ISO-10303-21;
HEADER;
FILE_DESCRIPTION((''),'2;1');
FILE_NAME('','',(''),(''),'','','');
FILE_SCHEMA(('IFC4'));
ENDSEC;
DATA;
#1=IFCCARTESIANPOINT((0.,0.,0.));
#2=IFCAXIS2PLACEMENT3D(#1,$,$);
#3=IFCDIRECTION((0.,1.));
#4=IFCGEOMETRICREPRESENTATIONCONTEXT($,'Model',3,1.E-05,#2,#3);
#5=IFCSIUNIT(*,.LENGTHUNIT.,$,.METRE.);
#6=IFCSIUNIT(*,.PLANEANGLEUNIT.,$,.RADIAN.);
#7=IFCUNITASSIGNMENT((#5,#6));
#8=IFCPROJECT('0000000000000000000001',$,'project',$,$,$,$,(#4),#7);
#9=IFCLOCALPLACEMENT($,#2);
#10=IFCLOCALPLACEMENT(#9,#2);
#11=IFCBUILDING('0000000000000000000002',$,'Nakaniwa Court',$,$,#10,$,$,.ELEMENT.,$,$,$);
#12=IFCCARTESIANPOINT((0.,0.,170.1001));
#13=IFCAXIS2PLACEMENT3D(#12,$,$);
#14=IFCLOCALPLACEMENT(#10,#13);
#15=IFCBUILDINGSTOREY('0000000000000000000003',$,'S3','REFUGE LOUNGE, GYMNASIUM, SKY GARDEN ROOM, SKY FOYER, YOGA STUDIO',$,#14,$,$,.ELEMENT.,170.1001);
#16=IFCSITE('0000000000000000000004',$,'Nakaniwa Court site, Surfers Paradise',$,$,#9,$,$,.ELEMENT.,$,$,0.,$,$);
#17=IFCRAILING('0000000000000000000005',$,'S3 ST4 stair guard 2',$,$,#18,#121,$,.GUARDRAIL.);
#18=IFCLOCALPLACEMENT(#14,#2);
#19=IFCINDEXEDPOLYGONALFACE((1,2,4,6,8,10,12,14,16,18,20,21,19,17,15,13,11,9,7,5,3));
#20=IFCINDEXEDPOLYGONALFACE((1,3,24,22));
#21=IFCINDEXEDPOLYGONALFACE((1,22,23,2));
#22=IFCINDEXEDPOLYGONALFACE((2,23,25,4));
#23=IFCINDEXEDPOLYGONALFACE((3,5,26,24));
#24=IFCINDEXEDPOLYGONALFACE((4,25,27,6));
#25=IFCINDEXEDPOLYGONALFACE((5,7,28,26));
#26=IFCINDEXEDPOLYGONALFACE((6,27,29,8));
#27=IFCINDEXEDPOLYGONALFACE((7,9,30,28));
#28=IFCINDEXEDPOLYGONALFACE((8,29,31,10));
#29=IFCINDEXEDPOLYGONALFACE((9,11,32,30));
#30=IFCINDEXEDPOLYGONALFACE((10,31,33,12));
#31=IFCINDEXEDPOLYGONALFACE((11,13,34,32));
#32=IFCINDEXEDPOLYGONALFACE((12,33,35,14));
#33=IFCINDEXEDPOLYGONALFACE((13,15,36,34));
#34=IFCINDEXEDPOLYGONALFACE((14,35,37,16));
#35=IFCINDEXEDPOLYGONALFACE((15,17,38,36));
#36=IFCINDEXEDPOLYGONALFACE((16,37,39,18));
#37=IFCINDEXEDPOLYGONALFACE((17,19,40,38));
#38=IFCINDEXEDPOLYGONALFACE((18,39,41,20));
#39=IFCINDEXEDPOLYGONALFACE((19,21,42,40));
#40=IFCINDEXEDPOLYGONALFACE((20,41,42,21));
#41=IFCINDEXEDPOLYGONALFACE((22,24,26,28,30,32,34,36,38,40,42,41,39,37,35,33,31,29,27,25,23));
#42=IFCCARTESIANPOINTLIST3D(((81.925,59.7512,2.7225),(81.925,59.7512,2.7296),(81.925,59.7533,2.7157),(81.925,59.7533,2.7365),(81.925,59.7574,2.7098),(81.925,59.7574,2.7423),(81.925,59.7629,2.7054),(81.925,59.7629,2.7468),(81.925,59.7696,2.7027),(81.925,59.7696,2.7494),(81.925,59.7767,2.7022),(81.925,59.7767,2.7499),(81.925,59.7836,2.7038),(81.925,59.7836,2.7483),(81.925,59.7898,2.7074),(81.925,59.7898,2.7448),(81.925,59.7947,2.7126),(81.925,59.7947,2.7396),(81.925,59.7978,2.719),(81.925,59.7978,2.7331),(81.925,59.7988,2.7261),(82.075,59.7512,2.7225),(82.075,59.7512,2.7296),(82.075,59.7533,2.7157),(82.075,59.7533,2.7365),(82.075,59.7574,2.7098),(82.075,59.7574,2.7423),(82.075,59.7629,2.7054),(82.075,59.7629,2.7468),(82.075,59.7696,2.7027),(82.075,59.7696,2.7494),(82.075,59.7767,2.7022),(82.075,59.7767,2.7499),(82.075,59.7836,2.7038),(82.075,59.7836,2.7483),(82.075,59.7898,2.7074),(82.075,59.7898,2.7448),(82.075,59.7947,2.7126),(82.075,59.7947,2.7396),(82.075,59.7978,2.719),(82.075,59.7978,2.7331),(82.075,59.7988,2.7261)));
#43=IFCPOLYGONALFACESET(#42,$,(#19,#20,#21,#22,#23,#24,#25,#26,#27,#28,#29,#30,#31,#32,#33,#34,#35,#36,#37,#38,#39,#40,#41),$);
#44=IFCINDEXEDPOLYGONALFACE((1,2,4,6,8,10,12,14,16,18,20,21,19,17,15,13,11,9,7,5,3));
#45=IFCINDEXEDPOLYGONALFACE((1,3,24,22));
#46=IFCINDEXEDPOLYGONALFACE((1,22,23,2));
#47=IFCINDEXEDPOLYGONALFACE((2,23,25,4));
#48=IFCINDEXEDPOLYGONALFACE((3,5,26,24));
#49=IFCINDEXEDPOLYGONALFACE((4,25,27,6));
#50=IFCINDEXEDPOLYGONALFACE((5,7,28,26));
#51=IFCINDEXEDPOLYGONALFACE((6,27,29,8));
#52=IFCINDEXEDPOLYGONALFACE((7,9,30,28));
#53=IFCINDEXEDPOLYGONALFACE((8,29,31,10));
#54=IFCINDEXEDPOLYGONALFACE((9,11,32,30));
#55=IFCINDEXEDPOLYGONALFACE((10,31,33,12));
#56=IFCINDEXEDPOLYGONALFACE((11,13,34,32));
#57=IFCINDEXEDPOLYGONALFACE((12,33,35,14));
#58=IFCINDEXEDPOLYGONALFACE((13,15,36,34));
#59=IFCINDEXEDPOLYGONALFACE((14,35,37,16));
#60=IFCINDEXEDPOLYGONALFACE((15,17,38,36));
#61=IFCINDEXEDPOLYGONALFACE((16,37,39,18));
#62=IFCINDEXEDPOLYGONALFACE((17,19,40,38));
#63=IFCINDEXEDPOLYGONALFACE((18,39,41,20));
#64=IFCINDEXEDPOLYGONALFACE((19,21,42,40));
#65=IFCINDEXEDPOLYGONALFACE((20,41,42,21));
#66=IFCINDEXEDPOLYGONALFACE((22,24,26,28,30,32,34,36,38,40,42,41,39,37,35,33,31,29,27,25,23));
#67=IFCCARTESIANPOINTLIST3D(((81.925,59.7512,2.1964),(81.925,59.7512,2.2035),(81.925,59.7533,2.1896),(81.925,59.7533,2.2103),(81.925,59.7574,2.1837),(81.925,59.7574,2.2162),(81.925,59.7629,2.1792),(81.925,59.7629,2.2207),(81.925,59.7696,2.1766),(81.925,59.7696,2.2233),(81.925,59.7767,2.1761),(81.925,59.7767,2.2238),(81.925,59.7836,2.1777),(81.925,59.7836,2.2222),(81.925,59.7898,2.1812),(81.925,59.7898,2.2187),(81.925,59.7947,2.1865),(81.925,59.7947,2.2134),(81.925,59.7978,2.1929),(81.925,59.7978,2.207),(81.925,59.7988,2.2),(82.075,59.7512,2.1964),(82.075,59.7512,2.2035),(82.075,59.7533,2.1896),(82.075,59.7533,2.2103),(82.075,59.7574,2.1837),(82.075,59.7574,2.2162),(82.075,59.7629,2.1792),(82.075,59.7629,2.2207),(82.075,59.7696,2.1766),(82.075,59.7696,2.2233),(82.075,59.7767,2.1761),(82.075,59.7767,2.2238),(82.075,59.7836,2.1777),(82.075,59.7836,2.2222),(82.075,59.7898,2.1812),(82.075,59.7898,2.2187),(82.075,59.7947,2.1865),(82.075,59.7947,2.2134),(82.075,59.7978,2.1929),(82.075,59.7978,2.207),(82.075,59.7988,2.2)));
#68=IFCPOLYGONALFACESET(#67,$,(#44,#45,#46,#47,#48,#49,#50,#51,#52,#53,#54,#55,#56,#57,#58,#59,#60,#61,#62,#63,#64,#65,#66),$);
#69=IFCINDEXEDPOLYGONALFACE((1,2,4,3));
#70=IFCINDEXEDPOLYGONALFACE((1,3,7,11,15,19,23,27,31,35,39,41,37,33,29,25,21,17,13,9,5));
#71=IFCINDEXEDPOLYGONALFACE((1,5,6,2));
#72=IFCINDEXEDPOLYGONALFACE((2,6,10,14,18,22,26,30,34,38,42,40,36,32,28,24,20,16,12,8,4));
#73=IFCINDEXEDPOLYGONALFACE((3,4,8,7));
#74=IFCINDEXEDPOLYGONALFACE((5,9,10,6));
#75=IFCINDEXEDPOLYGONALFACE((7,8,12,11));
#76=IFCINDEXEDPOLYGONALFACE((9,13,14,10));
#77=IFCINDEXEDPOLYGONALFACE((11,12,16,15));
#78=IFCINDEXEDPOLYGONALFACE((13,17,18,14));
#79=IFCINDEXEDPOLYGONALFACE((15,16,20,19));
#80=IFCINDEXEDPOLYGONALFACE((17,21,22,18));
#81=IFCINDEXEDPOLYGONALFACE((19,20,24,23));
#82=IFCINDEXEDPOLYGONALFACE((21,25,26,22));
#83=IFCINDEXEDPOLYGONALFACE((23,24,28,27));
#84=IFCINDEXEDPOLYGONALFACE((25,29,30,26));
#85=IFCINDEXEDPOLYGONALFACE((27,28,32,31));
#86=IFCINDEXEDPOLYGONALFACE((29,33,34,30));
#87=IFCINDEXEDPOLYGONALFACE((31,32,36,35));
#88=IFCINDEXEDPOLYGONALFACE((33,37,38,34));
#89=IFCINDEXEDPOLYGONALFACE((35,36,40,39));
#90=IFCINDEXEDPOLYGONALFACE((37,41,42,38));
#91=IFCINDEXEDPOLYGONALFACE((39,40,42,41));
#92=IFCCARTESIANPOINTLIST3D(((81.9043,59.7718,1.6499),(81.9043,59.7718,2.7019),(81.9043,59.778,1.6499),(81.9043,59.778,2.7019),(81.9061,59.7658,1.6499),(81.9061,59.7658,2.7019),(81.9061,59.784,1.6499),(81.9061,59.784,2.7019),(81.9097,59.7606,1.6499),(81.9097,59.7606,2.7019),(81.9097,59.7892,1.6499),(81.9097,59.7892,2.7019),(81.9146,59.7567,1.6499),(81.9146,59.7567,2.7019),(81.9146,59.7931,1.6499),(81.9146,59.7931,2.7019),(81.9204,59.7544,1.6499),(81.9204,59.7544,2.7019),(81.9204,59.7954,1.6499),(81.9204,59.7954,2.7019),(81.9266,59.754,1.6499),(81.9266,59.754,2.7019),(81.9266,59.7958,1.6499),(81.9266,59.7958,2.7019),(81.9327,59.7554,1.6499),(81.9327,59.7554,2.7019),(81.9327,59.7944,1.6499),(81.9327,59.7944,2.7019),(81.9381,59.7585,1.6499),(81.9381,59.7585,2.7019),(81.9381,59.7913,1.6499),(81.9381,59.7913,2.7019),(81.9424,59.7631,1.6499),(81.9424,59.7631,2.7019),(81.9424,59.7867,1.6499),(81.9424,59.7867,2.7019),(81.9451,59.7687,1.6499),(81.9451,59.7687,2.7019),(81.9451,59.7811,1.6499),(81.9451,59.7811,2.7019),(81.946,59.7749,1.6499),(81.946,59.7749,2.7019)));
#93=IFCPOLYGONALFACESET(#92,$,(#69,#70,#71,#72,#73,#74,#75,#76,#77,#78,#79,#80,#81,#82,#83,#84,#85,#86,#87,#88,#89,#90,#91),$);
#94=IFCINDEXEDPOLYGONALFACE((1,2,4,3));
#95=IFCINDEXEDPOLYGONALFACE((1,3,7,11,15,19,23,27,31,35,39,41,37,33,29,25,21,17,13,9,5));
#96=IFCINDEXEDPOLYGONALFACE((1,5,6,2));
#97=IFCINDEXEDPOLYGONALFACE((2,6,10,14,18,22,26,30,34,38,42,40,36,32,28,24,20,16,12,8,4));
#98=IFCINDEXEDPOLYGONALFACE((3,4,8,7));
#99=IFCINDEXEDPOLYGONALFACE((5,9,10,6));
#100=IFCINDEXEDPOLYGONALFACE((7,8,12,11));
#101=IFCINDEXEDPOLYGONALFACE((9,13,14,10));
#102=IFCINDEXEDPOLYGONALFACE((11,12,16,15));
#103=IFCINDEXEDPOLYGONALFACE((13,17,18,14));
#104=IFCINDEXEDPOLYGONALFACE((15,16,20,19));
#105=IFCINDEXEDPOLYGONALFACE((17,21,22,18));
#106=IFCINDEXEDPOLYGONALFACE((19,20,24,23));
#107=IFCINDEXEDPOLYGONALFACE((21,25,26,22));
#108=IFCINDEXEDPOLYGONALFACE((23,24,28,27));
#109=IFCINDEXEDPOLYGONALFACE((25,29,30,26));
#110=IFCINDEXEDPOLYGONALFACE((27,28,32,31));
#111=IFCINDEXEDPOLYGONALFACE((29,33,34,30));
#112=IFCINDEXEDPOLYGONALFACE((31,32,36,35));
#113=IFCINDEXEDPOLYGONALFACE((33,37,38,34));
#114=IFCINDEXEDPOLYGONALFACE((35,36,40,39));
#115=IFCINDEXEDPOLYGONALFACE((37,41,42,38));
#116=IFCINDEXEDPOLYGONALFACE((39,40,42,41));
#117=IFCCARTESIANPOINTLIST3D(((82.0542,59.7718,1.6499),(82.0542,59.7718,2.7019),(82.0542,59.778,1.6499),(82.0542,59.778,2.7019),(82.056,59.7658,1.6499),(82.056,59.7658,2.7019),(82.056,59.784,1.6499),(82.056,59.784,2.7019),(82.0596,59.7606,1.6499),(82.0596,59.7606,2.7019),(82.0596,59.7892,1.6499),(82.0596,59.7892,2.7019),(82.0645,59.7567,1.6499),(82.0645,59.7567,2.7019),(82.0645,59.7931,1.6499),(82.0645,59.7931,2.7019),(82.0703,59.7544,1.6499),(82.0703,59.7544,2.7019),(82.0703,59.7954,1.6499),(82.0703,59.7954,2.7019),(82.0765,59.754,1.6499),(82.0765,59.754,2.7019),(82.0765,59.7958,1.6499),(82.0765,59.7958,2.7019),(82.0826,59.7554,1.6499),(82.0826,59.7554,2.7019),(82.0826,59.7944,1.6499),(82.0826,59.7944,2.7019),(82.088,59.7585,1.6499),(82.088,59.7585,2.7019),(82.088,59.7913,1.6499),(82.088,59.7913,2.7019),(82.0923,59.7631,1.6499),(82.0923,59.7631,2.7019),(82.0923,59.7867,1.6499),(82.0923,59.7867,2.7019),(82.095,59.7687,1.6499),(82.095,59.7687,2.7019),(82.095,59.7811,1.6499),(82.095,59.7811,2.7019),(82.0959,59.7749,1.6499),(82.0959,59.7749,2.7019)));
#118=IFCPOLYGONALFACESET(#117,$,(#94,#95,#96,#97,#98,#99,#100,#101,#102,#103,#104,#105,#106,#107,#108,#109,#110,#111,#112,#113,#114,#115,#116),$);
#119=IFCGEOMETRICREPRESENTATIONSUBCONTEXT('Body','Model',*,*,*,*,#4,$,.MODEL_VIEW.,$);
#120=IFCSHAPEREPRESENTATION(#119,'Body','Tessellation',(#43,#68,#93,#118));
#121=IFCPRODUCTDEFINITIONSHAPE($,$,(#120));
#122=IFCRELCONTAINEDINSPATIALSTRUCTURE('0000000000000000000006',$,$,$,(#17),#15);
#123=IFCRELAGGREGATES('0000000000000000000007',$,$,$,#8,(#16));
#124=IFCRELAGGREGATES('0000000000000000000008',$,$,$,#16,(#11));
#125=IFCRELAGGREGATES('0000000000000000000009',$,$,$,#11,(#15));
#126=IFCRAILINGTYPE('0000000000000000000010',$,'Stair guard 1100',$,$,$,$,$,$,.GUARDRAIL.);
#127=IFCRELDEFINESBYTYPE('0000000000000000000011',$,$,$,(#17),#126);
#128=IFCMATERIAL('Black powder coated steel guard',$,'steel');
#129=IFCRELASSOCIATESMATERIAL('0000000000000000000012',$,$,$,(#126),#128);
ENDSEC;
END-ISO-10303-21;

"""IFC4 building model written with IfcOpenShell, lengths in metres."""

from ifc_helpers import new_model, si_unit, direction, frame, origin, origin_2d, place, context, subcontext, project, spatial, circle, extrude, material, type_object, element, save


model = new_model("IFC4")

# Units and contexts
model_context = context("Model", 3, precision=1e-05, world=origin(), true_north=direction((0.0, 1.0)))
body_context = subcontext(model_context, "Body", "Model", "MODEL_VIEW")
ifc_project = project(units=[si_unit("LENGTHUNIT", "METRE"), si_unit("PLANEANGLEUNIT", "RADIAN")], contexts=[model_context])

# Site, building, storey
site_placement = place(None, origin())
site = spatial("IfcSite", under=ifc_project, at=site_placement, Name="Nakaniwa Court site, Surfers Paradise", CompositionType="ELEMENT", RefElevation=0.0)
building_placement = place(site_placement, origin())
building = spatial("IfcBuilding", under=site, at=building_placement, Name="Nakaniwa Court", CompositionType="ELEMENT")
storey_placement = place(building_placement, frame((0.0, 0.0, 170.1001)))
storey = spatial("IfcBuildingStorey", under=building, at=storey_placement, Name="S3", Description="REFUGE LOUNGE, GYMNASIUM, SKY GARDEN ROOM, SKY FOYER, YOGA STUDIO", CompositionType="ELEMENT", Elevation=170.1001)

# Railing
ifc_material_1 = material(Name="Black powder coated steel guard", Category="steel")
railing_type_1 = type_object("IfcRailingType", Name="Stair guard 1100", PredefinedType="GUARDRAIL", material=ifc_material_1)
railing_1_placement = place(storey_placement, frame((81.925, 59.7749, 1.6499)))
element("IfcRailing", 1, at=railing_1_placement, inside=storey, type_object=railing_type_1, Name="S3 ST4 stair guard 2", PredefinedType="GUARDRAIL", context=body_context, shape_type="SweptSolid", body=[
    extrude(circle(Radius=0.0239, at=origin_2d()), frame((0.0, 0.0, 1.0762), z_axis=(1.0, 0.0, 0.0), x_axis=(0.0, 1.0, 0.0)), (0.0, 0.0, 1.0), 0.1499),
    extrude(circle(Radius=0.0239, at=origin_2d()), frame((0.0, 0.0, 0.55), z_axis=(1.0, 0.0, 0.0), x_axis=(0.0, 1.0, 0.0)), (0.0, 0.0, 1.0), 0.1499),
    extrude(circle(Radius=0.021, at=origin_2d()), origin(), (0.0, 0.0, 1.0), 1.052),
    extrude(circle(Radius=0.021, at=origin_2d()), frame((0.1499, 0.0, 0.0)), (0.0, 0.0, 1.0), 1.052),
])

save(model, "model.ifc")
